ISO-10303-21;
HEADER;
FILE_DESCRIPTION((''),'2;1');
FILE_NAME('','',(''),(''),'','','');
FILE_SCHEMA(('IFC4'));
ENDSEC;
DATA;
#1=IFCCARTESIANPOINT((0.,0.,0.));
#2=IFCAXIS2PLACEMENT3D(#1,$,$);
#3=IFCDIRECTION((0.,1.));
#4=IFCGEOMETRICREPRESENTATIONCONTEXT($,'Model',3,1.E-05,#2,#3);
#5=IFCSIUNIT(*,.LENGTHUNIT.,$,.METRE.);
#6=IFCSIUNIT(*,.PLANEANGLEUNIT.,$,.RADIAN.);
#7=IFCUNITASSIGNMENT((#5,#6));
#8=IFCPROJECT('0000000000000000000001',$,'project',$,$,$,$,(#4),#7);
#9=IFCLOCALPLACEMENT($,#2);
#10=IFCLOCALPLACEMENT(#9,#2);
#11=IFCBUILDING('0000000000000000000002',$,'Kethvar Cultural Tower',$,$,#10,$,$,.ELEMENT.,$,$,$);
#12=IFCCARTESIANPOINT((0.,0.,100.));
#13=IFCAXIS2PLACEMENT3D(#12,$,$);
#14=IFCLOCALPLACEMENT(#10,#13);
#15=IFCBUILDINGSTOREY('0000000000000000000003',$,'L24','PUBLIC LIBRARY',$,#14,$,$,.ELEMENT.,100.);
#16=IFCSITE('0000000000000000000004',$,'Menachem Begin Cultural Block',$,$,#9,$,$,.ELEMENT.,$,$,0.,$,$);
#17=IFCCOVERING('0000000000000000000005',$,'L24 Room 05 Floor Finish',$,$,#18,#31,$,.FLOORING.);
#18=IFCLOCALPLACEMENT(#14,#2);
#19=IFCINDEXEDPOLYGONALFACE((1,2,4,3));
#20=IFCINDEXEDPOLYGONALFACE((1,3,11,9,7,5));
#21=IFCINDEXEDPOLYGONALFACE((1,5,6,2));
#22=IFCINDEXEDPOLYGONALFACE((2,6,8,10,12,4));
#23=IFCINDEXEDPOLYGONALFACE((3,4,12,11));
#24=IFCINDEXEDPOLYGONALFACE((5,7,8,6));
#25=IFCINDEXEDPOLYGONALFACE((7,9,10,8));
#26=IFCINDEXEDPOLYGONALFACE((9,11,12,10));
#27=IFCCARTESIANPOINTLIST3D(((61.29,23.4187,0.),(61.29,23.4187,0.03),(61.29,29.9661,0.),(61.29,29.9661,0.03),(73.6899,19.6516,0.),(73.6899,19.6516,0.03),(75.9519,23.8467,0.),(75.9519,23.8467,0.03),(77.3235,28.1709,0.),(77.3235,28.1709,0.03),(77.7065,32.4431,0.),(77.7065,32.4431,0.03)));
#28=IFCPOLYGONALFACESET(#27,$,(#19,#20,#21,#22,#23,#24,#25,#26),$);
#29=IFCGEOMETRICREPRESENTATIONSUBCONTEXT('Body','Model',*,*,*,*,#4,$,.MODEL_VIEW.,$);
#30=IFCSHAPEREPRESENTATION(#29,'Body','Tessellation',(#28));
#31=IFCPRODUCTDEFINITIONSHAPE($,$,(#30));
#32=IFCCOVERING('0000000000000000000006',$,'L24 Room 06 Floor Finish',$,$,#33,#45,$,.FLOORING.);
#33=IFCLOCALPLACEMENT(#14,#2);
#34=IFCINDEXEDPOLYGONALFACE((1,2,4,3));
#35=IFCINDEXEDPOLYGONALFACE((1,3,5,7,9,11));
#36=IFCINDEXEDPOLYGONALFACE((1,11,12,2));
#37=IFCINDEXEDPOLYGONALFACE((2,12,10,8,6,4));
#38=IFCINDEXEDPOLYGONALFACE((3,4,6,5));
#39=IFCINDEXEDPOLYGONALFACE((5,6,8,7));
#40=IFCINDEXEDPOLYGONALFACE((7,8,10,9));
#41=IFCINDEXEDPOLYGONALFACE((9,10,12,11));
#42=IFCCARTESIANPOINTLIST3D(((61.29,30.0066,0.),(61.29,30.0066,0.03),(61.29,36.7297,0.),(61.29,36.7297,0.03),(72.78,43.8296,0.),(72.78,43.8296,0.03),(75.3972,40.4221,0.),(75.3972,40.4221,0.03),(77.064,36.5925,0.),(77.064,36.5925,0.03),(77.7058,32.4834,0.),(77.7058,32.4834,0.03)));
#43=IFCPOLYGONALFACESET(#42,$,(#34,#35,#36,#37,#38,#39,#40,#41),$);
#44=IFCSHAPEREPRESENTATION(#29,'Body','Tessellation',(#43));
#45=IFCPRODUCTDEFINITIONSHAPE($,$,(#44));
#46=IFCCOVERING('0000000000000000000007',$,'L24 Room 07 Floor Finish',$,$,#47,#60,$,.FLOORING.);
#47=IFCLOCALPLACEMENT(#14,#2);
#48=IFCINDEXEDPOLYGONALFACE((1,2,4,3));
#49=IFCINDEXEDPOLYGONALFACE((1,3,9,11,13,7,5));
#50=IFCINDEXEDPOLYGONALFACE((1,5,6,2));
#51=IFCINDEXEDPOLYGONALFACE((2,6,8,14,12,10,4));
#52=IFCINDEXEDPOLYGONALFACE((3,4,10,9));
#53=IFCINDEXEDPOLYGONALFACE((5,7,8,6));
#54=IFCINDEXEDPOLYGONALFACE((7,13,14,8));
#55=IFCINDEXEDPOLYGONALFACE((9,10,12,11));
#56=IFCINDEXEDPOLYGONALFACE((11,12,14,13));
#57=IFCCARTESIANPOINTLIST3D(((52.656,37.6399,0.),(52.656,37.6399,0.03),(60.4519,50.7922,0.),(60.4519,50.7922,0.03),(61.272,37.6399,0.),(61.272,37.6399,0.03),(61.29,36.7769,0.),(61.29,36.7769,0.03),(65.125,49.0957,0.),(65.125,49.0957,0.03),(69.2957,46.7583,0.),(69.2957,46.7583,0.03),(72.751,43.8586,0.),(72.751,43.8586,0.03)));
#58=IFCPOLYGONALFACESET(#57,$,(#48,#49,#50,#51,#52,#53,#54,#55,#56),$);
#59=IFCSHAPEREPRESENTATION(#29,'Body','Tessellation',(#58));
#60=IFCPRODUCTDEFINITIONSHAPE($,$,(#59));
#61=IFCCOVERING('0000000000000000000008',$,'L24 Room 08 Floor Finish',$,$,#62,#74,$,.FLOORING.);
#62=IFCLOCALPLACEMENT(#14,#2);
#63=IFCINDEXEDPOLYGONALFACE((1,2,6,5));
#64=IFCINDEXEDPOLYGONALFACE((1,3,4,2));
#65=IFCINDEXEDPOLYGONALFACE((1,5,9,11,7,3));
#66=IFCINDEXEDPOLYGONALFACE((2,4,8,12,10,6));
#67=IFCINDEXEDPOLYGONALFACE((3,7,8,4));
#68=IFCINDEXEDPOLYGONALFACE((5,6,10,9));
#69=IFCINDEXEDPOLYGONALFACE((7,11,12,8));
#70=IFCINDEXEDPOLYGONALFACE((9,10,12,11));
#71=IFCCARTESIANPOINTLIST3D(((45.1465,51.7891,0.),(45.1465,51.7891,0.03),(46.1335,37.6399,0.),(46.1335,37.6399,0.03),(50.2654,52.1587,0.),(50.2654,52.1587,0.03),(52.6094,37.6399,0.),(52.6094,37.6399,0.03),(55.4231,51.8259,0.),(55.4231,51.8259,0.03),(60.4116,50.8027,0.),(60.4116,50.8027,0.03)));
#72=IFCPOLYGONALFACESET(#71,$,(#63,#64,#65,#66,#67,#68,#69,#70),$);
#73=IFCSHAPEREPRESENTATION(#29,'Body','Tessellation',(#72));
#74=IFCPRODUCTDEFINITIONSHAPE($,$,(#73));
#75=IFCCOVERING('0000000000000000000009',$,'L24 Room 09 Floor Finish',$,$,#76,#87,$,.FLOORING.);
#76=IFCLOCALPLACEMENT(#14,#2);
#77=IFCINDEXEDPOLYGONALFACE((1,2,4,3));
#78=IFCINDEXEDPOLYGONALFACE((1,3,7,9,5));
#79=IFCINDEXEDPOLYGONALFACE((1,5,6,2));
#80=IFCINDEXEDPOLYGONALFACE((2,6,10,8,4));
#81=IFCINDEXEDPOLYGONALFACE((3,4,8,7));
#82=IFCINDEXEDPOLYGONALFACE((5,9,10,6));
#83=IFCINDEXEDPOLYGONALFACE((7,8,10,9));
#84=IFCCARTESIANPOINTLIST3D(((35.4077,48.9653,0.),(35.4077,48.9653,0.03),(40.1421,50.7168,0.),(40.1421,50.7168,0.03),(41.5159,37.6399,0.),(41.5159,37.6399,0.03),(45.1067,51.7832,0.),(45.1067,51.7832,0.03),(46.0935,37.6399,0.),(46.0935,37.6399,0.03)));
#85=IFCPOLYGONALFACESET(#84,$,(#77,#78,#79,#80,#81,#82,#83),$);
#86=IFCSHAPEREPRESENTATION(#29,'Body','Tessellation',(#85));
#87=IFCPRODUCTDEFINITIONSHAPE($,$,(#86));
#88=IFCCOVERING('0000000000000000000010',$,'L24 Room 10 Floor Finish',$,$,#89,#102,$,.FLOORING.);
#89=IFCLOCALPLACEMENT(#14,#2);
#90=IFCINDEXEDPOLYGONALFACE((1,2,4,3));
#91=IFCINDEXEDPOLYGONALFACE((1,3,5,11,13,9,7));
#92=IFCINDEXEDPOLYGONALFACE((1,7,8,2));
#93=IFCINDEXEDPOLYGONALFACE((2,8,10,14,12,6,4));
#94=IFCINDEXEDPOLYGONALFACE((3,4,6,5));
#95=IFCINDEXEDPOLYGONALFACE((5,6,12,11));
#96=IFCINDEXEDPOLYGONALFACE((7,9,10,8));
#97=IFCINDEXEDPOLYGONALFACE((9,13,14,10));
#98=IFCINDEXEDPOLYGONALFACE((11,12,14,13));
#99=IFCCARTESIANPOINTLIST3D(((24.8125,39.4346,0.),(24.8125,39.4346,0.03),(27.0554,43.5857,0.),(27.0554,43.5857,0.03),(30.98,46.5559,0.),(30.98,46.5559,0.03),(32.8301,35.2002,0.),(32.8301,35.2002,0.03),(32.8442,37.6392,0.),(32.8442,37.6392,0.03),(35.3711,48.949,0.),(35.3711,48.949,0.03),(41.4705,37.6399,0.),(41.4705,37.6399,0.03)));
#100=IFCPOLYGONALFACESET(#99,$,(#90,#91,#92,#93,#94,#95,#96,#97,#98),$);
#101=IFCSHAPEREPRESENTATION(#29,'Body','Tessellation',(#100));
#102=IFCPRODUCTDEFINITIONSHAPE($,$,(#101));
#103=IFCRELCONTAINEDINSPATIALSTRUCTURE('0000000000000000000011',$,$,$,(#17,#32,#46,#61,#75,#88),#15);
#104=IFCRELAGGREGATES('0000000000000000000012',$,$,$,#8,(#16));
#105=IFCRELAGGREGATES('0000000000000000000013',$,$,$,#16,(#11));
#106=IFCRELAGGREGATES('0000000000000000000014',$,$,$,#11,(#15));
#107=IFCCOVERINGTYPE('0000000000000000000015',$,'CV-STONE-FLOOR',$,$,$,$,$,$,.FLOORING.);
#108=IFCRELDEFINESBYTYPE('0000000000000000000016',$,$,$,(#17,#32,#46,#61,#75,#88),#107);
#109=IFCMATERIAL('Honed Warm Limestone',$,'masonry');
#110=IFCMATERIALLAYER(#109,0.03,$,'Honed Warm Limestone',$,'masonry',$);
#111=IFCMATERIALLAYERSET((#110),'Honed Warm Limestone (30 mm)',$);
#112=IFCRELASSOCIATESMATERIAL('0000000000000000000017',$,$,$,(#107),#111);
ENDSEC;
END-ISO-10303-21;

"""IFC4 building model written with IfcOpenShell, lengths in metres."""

from ifc_helpers import new_model, si_unit, direction, frame, origin, place, context, subcontext, project, spatial, polyline, outline, extrude, material, layer, layer_set, type_object, element, save


model = new_model("IFC4")

# Units and contexts
model_context = context("Model", 3, precision=1e-05, world=origin(), true_north=direction((0.0, 1.0)))
body_context = subcontext(model_context, "Body", "Model", "MODEL_VIEW")
ifc_project = project(units=[si_unit("LENGTHUNIT", "METRE"), si_unit("PLANEANGLEUNIT", "RADIAN")], contexts=[model_context])

# Site, building, storey
site_placement = place(None, origin())
site = spatial("IfcSite", under=ifc_project, at=site_placement, Name="Menachem Begin Cultural Block", CompositionType="ELEMENT", RefElevation=0.0)
building_placement = place(site_placement, origin())
building = spatial("IfcBuilding", under=site, at=building_placement, Name="Kethvar Cultural Tower", CompositionType="ELEMENT")
storey_placement = place(building_placement, frame((0.0, 0.0, 100.0)))
storey = spatial("IfcBuildingStorey", under=building, at=storey_placement, Name="L24", Description="PUBLIC LIBRARY", CompositionType="ELEMENT", Elevation=100.0)

# Coverings
ifc_material_1 = material(Name="Honed Warm Limestone", Category="masonry")
ifc_layer_1 = layer(ifc_material_1, 0.03, Name="Honed Warm Limestone", Category="masonry")
ifc_layer_set_1 = layer_set([ifc_layer_1], Name="Honed Warm Limestone (30 mm)")
covering_type_1 = type_object("IfcCoveringType", Name="CV-STONE-FLOOR", PredefinedType="FLOORING", material=ifc_layer_set_1)
covering_1_placement = place(storey_placement, origin())
element("IfcCovering", 1, at=covering_1_placement, inside=storey, type_object=covering_type_1, Name="L24 Room 05 Floor Finish", PredefinedType="FLOORING", context=body_context, shape_type="SweptSolid", body=[
    extrude(outline(polyline([(77.3235, 28.1709), (75.9519, 23.8467), (73.6899, 19.6516), (61.29, 23.4187), (61.29, 29.9661), (77.7065, 32.4431), (77.3235, 28.1709)])), origin(), (0.0, 0.0, 1.0), 0.03),
])
covering_2_placement = place(storey_placement, origin())
element("IfcCovering", 2, at=covering_2_placement, inside=storey, type_object=covering_type_1, Name="L24 Room 06 Floor Finish", PredefinedType="FLOORING", context=body_context, shape_type="SweptSolid", body=[
    extrude(outline(polyline([(75.3972, 40.4221), (77.064, 36.5925), (77.7058, 32.4834), (61.29, 30.0066), (61.29, 36.7297), (72.78, 43.8296), (75.3972, 40.4221)])), origin(), (0.0, 0.0, 1.0), 0.03),
])
covering_3_placement = place(storey_placement, origin())
element("IfcCovering", 3, at=covering_3_placement, inside=storey, type_object=covering_type_1, Name="L24 Room 07 Floor Finish", PredefinedType="FLOORING", context=body_context, shape_type="SweptSolid", body=[
    extrude(outline(polyline([(65.125, 49.0957), (69.2957, 46.7583), (72.751, 43.8586), (61.29, 36.7769), (61.272, 37.6399), (52.656, 37.6399), (60.4519, 50.7922), (65.125, 49.0957)])), origin(), (0.0, 0.0, 1.0), 0.03),
])
covering_4_placement = place(storey_placement, origin())
element("IfcCovering", 4, at=covering_4_placement, inside=storey, type_object=covering_type_1, Name="L24 Room 08 Floor Finish", PredefinedType="FLOORING", context=body_context, shape_type="SweptSolid", body=[
    extrude(outline(polyline([(50.2654, 52.1587), (55.4231, 51.8259), (60.4116, 50.8027), (52.6094, 37.6399), (46.1335, 37.6399), (45.1465, 51.7891), (50.2654, 52.1587)])), origin(), (0.0, 0.0, 1.0), 0.03),
])
covering_5_placement = place(storey_placement, origin())
element("IfcCovering", 5, at=covering_5_placement, inside=storey, type_object=covering_type_1, Name="L24 Room 09 Floor Finish", PredefinedType="FLOORING", context=body_context, shape_type="SweptSolid", body=[
    extrude(outline(polyline([(40.1421, 50.7168), (45.1067, 51.7832), (46.0935, 37.6399), (41.5159, 37.6399), (35.4077, 48.9653), (40.1421, 50.7168)])), origin(), (0.0, 0.0, 1.0), 0.03),
])
covering_6_placement = place(storey_placement, origin())
element("IfcCovering", 6, at=covering_6_placement, inside=storey, type_object=covering_type_1, Name="L24 Room 10 Floor Finish", PredefinedType="FLOORING", context=body_context, shape_type="SweptSolid", body=[
    extrude(outline(polyline([(27.0554, 43.5857), (30.98, 46.5559), (35.3711, 48.949), (41.4705, 37.6399), (32.8442, 37.6392), (32.8301, 35.2002), (24.8125, 39.4346), (27.0554, 43.5857)])), origin(), (0.0, 0.0, 1.0), 0.03),
])

save(model, "model.ifc")
